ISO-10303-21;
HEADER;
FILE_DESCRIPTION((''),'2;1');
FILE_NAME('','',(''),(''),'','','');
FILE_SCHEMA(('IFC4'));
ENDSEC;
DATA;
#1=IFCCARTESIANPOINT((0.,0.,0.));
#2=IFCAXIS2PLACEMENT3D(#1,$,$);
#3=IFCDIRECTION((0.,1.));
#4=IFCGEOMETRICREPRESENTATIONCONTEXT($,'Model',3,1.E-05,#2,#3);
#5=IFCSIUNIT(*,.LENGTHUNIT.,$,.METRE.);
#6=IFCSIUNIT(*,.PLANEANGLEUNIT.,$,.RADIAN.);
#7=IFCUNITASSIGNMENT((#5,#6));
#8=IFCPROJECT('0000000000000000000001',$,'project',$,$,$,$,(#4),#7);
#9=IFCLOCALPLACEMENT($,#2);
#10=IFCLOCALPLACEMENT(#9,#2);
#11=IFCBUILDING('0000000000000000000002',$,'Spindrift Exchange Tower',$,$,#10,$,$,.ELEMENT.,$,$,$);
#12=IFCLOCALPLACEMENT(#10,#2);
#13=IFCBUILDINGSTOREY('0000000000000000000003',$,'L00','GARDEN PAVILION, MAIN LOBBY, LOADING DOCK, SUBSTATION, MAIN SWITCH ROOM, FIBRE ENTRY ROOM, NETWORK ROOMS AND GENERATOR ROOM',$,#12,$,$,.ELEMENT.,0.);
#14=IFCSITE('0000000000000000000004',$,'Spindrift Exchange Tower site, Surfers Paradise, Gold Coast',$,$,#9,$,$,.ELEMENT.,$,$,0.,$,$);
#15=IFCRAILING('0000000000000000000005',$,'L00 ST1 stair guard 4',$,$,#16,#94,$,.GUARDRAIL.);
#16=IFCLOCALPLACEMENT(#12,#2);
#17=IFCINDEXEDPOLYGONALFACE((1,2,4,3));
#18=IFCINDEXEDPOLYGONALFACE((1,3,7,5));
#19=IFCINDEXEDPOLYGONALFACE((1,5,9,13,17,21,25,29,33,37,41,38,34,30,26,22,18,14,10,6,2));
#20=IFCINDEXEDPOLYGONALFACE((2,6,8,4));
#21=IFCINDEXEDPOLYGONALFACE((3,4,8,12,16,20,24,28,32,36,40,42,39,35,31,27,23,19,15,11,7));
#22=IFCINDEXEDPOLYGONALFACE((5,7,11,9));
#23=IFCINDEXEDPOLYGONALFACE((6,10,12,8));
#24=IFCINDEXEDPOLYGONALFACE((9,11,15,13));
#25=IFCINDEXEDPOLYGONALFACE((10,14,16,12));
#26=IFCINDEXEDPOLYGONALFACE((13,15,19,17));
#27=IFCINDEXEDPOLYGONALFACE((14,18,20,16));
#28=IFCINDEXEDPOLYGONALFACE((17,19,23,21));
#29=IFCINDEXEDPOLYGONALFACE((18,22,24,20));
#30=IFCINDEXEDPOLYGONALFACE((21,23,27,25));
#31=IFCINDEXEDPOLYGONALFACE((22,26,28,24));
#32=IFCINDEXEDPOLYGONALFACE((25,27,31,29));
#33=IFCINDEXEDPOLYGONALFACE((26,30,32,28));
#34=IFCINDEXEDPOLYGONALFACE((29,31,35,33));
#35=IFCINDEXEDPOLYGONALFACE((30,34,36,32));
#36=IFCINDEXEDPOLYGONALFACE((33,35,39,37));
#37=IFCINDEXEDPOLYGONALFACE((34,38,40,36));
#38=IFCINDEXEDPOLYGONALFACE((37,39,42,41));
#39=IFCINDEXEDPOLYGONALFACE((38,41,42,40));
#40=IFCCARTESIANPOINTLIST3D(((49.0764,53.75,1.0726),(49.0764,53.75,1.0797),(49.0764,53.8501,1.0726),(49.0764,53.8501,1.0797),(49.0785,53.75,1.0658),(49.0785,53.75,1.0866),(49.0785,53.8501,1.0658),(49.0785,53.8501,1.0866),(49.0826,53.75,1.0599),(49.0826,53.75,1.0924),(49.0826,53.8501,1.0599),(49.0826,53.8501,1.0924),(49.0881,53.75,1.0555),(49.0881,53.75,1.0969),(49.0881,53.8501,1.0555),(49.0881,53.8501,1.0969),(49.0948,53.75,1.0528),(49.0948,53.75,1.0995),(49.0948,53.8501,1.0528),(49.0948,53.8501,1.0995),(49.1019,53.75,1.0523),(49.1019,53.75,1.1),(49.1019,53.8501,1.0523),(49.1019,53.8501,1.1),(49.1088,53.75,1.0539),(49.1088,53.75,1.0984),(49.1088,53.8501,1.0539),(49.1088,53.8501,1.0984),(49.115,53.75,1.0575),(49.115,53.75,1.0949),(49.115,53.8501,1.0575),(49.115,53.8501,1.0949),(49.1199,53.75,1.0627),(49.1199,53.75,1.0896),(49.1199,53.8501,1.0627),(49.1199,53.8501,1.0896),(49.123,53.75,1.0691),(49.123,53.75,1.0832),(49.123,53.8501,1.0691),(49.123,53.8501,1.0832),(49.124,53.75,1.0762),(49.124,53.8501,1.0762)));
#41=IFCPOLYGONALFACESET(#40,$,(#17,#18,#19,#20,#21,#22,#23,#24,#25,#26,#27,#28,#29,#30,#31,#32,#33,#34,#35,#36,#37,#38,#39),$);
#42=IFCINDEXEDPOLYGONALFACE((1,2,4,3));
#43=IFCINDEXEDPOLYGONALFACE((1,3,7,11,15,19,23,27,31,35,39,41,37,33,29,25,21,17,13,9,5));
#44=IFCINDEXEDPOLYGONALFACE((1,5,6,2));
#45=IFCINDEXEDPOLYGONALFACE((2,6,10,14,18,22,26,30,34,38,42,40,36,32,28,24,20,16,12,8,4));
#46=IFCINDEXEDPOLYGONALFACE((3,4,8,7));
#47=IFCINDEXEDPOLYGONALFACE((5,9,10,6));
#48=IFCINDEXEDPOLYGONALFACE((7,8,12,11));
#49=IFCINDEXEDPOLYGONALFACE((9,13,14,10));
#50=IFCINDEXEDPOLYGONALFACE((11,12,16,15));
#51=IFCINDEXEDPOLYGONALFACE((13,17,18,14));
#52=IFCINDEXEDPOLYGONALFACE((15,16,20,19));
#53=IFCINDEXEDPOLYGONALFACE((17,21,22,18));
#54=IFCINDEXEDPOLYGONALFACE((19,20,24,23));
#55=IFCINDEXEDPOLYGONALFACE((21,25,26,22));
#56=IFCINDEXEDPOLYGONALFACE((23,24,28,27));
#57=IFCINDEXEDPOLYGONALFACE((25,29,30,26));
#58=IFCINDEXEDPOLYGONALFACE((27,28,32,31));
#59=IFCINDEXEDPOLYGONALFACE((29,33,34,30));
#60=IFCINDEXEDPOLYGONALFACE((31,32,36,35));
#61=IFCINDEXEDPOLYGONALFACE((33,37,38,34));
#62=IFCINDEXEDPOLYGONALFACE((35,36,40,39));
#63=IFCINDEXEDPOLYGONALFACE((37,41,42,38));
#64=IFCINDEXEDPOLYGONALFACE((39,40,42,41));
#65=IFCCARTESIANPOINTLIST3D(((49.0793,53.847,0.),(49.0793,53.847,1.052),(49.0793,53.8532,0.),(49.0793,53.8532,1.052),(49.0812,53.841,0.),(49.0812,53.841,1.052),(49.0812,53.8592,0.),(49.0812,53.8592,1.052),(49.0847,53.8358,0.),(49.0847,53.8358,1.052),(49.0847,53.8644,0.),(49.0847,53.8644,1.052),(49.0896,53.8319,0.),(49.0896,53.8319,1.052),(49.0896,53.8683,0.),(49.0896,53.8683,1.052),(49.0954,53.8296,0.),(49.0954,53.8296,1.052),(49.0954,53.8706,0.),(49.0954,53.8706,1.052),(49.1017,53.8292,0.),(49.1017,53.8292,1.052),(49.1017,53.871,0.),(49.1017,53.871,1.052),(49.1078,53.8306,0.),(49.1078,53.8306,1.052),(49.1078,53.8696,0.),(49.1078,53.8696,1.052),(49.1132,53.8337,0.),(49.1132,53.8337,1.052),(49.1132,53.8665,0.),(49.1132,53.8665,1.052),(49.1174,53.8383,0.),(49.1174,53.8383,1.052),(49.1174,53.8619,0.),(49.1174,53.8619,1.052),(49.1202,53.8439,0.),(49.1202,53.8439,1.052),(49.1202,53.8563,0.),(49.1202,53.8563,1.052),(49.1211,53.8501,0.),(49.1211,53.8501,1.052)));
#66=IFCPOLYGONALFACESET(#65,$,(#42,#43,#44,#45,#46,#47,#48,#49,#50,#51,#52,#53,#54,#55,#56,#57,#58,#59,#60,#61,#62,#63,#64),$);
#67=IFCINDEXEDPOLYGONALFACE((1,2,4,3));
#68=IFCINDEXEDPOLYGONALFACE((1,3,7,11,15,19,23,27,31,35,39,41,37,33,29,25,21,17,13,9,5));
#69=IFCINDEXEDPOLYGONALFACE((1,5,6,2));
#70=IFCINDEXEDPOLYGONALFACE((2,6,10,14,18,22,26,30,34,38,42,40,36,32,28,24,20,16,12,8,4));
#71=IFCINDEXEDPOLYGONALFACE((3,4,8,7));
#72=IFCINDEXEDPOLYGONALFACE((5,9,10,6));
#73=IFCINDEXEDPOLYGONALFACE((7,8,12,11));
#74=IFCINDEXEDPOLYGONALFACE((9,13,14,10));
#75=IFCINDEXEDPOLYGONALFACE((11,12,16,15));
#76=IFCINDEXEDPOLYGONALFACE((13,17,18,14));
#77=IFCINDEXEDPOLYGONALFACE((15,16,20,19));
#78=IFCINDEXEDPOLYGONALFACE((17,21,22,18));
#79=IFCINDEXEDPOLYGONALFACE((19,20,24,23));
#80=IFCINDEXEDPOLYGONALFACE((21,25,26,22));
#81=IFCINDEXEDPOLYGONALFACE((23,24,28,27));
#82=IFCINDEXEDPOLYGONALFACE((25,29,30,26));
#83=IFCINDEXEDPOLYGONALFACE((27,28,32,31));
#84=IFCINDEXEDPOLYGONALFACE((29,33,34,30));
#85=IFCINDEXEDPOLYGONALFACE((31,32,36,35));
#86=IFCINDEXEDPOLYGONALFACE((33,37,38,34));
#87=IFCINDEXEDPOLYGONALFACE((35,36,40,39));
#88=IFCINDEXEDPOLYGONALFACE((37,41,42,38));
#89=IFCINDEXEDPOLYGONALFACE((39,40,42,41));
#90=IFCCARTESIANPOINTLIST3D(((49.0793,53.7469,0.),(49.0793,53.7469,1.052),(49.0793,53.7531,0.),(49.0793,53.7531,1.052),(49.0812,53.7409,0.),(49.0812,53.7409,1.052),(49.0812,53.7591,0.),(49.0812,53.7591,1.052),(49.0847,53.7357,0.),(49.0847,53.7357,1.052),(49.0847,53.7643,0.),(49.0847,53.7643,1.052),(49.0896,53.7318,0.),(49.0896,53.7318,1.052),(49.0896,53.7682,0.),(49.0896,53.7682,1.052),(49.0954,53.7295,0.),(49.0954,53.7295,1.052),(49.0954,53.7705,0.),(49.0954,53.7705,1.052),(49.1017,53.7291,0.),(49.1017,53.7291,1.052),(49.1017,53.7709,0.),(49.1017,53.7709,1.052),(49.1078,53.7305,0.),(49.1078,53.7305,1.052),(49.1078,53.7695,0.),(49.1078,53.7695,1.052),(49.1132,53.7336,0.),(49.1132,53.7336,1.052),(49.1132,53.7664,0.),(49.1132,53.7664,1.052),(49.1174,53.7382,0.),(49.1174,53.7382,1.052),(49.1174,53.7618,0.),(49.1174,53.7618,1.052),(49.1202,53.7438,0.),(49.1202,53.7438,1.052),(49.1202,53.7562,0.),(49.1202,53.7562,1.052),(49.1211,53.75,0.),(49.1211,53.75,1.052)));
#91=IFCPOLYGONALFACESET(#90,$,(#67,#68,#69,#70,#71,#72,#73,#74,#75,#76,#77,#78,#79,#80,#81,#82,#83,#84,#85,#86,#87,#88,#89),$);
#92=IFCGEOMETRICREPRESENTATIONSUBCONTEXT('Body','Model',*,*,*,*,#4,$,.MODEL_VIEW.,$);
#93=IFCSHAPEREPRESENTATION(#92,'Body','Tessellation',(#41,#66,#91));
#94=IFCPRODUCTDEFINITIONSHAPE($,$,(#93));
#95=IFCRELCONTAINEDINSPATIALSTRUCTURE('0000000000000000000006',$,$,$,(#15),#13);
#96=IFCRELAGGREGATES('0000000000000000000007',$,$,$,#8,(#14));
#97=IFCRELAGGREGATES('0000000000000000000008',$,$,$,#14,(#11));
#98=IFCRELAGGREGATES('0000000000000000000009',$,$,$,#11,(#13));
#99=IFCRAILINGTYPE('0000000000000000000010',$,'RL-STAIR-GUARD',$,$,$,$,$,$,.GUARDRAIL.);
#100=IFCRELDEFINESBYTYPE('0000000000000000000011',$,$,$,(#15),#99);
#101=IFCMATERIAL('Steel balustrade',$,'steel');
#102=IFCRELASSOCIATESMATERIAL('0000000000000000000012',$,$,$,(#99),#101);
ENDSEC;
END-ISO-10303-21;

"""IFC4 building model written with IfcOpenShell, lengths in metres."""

from ifc_helpers import new_model, si_unit, direction, frame, origin, origin_2d, place, context, subcontext, project, spatial, circle, extrude, material, type_object, element, save


model = new_model("IFC4")

# Units and contexts
model_context = context("Model", 3, precision=1e-05, world=origin(), true_north=direction((0.0, 1.0)))
body_context = subcontext(model_context, "Body", "Model", "MODEL_VIEW")
ifc_project = project(units=[si_unit("LENGTHUNIT", "METRE"), si_unit("PLANEANGLEUNIT", "RADIAN")], contexts=[model_context])

# Site, building, storey
site_placement = place(None, origin())
site = spatial("IfcSite", under=ifc_project, at=site_placement, Name="Spindrift Exchange Tower site, Surfers Paradise, Gold Coast", CompositionType="ELEMENT", RefElevation=0.0)
building_placement = place(site_placement, origin())
building = spatial("IfcBuilding", under=site, at=building_placement, Name="Spindrift Exchange Tower", CompositionType="ELEMENT")
storey_placement = place(building_placement, origin())
storey = spatial("IfcBuildingStorey", under=building, at=storey_placement, Name="L00", Description="GARDEN PAVILION, MAIN LOBBY, LOADING DOCK, SUBSTATION, MAIN SWITCH ROOM, FIBRE ENTRY ROOM, NETWORK ROOMS AND GENERATOR ROOM", CompositionType="ELEMENT", Elevation=0.0)

# Railing
ifc_material_1 = material(Name="Steel balustrade", Category="steel")
railing_type_1 = type_object("IfcRailingType", Name="RL-STAIR-GUARD", PredefinedType="GUARDRAIL", material=ifc_material_1)
railing_1_placement = place(storey_placement, frame((49.1001, 53.8501, 0.0)))
element("IfcRailing", 1, at=railing_1_placement, inside=storey, type_object=railing_type_1, Name="L00 ST1 stair guard 4", PredefinedType="GUARDRAIL", context=body_context, shape_type="SweptSolid", body=[
    extrude(circle(Radius=0.0239, at=origin_2d()), frame((0.0, 0.0, 1.0762), z_axis=(0.0, -1.0, 0.0), x_axis=(1.0, 0.0, 0.0)), (0.0, 0.0, 1.0), 0.1001),
    extrude(circle(Radius=0.021, at=origin_2d()), origin(), (0.0, 0.0, 1.0), 1.052),
    extrude(circle(Radius=0.021, at=origin_2d()), frame((0.0, -0.1001, 0.0)), (0.0, 0.0, 1.0), 1.052),
])

save(model, "model.ifc")
